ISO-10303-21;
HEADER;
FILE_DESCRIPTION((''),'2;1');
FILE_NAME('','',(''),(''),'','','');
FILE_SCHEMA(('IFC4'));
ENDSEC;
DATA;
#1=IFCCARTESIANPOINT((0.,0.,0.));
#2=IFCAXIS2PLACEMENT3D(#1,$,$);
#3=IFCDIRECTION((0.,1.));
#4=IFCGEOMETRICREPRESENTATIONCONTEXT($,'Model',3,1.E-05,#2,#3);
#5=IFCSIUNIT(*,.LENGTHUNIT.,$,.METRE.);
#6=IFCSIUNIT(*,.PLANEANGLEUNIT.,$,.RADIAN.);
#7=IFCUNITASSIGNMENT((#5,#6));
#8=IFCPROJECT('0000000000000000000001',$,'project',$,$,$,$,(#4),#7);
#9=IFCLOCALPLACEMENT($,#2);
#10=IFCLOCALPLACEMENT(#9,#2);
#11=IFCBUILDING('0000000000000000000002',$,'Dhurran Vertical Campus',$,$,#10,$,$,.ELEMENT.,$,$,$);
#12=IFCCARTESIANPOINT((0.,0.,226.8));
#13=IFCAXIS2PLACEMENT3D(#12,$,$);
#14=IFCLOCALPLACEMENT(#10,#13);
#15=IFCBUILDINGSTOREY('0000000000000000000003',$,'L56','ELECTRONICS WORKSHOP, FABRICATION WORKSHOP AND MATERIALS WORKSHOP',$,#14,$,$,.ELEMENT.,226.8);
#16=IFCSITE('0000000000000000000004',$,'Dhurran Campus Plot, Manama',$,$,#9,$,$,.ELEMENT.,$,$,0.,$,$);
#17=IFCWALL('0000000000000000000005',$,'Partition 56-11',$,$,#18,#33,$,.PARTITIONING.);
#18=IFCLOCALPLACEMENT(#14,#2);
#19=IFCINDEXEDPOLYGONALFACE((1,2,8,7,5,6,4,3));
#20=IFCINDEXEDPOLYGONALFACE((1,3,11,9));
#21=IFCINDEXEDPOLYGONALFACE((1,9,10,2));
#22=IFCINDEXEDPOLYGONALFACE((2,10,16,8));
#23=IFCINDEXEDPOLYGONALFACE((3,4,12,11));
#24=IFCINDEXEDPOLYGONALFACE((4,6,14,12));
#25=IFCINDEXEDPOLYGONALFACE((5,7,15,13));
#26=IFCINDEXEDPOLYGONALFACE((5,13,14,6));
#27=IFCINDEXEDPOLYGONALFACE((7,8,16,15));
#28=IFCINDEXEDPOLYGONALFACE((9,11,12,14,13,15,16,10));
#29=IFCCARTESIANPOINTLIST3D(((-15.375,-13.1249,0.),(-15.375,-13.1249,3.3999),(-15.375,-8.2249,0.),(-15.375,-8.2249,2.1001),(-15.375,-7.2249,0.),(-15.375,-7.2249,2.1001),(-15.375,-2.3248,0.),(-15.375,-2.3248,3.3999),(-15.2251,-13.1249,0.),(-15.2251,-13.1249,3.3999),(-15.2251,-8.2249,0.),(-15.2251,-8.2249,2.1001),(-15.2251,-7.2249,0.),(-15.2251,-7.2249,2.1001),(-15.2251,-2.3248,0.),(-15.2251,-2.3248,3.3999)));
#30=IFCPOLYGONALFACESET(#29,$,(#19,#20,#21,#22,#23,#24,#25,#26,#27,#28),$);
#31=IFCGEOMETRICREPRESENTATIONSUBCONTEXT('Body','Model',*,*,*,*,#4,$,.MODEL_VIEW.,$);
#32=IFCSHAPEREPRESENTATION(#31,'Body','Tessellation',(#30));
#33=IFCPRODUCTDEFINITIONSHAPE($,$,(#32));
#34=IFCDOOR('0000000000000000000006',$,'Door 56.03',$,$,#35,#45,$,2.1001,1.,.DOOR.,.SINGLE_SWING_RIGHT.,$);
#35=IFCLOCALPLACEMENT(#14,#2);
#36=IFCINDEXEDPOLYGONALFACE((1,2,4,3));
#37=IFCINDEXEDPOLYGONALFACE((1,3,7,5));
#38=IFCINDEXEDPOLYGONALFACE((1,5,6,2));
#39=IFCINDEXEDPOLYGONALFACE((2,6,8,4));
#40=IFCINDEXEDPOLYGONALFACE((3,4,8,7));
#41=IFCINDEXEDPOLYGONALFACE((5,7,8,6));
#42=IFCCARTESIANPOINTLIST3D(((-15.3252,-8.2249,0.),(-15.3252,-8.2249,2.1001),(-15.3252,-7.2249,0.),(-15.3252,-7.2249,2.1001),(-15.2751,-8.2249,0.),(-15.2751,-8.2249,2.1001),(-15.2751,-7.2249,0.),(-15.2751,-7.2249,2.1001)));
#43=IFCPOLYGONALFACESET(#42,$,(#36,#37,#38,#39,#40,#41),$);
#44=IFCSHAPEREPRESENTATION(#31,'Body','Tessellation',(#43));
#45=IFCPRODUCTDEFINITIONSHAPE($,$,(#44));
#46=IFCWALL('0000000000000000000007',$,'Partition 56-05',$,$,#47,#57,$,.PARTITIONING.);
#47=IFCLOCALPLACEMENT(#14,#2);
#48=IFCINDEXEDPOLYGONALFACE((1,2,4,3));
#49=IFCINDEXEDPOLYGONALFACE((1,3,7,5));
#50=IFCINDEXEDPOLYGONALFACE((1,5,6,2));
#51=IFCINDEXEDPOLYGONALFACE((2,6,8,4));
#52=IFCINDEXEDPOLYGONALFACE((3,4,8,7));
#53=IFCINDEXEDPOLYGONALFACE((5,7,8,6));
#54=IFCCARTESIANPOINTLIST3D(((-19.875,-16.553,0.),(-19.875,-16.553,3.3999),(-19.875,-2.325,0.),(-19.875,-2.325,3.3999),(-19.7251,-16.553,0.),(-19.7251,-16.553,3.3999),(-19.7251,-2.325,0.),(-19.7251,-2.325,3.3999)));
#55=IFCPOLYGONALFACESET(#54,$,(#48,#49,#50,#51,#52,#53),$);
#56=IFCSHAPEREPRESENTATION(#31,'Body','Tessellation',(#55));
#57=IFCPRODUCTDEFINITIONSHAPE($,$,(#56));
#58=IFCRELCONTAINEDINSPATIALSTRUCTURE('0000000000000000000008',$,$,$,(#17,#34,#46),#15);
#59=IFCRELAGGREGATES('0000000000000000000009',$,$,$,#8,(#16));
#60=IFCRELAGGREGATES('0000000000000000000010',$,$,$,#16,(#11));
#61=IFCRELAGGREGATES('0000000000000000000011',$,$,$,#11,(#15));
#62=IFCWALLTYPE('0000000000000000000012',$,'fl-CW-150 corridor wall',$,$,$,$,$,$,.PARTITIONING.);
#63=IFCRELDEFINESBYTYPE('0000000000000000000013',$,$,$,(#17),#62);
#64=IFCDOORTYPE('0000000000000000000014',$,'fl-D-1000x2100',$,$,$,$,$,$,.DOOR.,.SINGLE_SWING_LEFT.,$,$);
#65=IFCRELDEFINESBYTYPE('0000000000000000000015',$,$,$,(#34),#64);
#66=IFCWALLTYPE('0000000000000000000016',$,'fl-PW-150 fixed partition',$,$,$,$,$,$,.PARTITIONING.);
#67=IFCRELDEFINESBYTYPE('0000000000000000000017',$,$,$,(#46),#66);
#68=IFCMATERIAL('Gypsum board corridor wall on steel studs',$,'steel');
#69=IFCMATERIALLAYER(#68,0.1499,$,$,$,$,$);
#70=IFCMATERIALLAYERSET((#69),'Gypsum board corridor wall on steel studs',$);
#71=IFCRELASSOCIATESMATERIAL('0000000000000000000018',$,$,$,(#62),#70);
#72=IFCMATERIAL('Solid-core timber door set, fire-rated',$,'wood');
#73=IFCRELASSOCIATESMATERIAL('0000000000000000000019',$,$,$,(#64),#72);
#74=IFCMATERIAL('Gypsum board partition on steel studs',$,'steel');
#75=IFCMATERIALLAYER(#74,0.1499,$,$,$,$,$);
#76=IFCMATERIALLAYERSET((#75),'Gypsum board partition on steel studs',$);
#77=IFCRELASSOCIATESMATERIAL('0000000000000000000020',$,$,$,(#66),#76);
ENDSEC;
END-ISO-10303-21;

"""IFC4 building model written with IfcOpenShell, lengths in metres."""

from ifc_helpers import new_model, si_unit, direction, frame, frame_2d, origin, place, context, subcontext, project, spatial, rectangle, extrude, material, layer, layer_set, type_object, element, fill, save


model = new_model("IFC4")

# Units and contexts
model_context = context("Model", 3, precision=1e-05, world=origin(), true_north=direction((0.0, 1.0)))
body_context = subcontext(model_context, "Body", "Model", "MODEL_VIEW")
ifc_project = project(units=[si_unit("LENGTHUNIT", "METRE"), si_unit("PLANEANGLEUNIT", "RADIAN")], contexts=[model_context])

# Site, building, storey
site_placement = place(None, origin())
site = spatial("IfcSite", under=ifc_project, at=site_placement, Name="Dhurran Campus Plot, Manama", CompositionType="ELEMENT", RefElevation=0.0)
building_placement = place(site_placement, origin())
building = spatial("IfcBuilding", under=site, at=building_placement, Name="Dhurran Vertical Campus", CompositionType="ELEMENT")
storey_placement = place(building_placement, frame((0.0, 0.0, 226.8)))
storey = spatial("IfcBuildingStorey", under=building, at=storey_placement, Name="L56", Description="ELECTRONICS WORKSHOP, FABRICATION WORKSHOP AND MATERIALS WORKSHOP", CompositionType="ELEMENT", Elevation=226.8)

# Shared definitions
ifc_material_1 = material(Name="Gypsum board corridor wall on steel studs", Category="steel")
ifc_layer_1 = layer(ifc_material_1, 0.1499)
ifc_layer_set_1 = layer_set([ifc_layer_1], Name="Gypsum board corridor wall on steel studs")
wall_type_1 = type_object("IfcWallType", Name="fl-CW-150 corridor wall", PredefinedType="PARTITIONING", material=ifc_layer_set_1)
ifc_material_2 = material(Name="Solid-core timber door set, fire-rated", Category="wood")
door_type_1 = type_object("IfcDoorType", Name="fl-D-1000x2100", OperationType="SINGLE_SWING_LEFT", PredefinedType="DOOR", material=ifc_material_2)

# Wall, opening, door
wall_1_placement = place(storey_placement, frame((-15.3, -2.325, 0.0), z_axis=(0.0, 0.0, 1.0), x_axis=(0.0, -1.0, 0.0)))
wall_1 = element("IfcWall", 1, at=wall_1_placement, inside=storey, type_object=wall_type_1, Name="Partition 56-11", PredefinedType="PARTITIONING", context=body_context, shape_type="SweptSolid", body=[
    extrude(rectangle(XDim=10.8, YDim=0.1499, at=frame_2d((5.3999, 0.0))), origin(), (0.0, 0.0, 1.0), 3.3999),
])
opening_1_placement = place(wall_1_placement, frame((4.8999, 0.0, 0.0)))
opening_1 = element("IfcOpeningElement", 2, at=opening_1_placement, cuts=wall_1, PredefinedType="OPENING", context=body_context, shape_type="SweptSolid", body=[
    extrude(rectangle(XDim=1.0, YDim=2.1001, at=frame_2d((0.5, 1.05))), frame((0.0, 0.085, 0.0), z_axis=(0.0, -1.0, 0.0), x_axis=(1.0, 0.0, 0.0)), (0.0, 0.0, 1.0), 0.1699),
])
door_1_placement = place(opening_1_placement, origin())
door_1 = element("IfcDoor", 3, at=door_1_placement, inside=storey, type_object=door_type_1, Name="Door 56.03", OperationType="SINGLE_SWING_RIGHT", OverallHeight=2.1001, OverallWidth=1.0, PredefinedType="DOOR", context=body_context, shape_type="SweptSolid", body=[
    extrude(rectangle(XDim=1.0, YDim=2.1001, at=frame_2d((0.5, 1.05))), frame((0.0, 0.0249, 0.0), z_axis=(0.0, -1.0, 0.0), x_axis=(1.0, 0.0, 0.0)), (0.0, 0.0, 1.0), 0.05),
])
fill(opening_1, door_1)

# Wall
ifc_material_3 = material(Name="Gypsum board partition on steel studs", Category="steel")
ifc_layer_2 = layer(ifc_material_3, 0.1499)
ifc_layer_set_2 = layer_set([ifc_layer_2], Name="Gypsum board partition on steel studs")
wall_type_2 = type_object("IfcWallType", Name="fl-PW-150 fixed partition", PredefinedType="PARTITIONING", material=ifc_layer_set_2)
wall_2_placement = place(storey_placement, frame((-19.8, -2.325, 0.0), z_axis=(0.0, 0.0, 1.0), x_axis=(0.0, -1.0, 0.0)))
element("IfcWall", 4, at=wall_2_placement, inside=storey, type_object=wall_type_2, Name="Partition 56-05", PredefinedType="PARTITIONING", context=body_context, shape_type="SweptSolid", body=[
    extrude(rectangle(XDim=14.228, YDim=0.1499, at=frame_2d((7.114, 0.0))), origin(), (0.0, 0.0, 1.0), 3.3999),
])

save(model, "model.ifc")
